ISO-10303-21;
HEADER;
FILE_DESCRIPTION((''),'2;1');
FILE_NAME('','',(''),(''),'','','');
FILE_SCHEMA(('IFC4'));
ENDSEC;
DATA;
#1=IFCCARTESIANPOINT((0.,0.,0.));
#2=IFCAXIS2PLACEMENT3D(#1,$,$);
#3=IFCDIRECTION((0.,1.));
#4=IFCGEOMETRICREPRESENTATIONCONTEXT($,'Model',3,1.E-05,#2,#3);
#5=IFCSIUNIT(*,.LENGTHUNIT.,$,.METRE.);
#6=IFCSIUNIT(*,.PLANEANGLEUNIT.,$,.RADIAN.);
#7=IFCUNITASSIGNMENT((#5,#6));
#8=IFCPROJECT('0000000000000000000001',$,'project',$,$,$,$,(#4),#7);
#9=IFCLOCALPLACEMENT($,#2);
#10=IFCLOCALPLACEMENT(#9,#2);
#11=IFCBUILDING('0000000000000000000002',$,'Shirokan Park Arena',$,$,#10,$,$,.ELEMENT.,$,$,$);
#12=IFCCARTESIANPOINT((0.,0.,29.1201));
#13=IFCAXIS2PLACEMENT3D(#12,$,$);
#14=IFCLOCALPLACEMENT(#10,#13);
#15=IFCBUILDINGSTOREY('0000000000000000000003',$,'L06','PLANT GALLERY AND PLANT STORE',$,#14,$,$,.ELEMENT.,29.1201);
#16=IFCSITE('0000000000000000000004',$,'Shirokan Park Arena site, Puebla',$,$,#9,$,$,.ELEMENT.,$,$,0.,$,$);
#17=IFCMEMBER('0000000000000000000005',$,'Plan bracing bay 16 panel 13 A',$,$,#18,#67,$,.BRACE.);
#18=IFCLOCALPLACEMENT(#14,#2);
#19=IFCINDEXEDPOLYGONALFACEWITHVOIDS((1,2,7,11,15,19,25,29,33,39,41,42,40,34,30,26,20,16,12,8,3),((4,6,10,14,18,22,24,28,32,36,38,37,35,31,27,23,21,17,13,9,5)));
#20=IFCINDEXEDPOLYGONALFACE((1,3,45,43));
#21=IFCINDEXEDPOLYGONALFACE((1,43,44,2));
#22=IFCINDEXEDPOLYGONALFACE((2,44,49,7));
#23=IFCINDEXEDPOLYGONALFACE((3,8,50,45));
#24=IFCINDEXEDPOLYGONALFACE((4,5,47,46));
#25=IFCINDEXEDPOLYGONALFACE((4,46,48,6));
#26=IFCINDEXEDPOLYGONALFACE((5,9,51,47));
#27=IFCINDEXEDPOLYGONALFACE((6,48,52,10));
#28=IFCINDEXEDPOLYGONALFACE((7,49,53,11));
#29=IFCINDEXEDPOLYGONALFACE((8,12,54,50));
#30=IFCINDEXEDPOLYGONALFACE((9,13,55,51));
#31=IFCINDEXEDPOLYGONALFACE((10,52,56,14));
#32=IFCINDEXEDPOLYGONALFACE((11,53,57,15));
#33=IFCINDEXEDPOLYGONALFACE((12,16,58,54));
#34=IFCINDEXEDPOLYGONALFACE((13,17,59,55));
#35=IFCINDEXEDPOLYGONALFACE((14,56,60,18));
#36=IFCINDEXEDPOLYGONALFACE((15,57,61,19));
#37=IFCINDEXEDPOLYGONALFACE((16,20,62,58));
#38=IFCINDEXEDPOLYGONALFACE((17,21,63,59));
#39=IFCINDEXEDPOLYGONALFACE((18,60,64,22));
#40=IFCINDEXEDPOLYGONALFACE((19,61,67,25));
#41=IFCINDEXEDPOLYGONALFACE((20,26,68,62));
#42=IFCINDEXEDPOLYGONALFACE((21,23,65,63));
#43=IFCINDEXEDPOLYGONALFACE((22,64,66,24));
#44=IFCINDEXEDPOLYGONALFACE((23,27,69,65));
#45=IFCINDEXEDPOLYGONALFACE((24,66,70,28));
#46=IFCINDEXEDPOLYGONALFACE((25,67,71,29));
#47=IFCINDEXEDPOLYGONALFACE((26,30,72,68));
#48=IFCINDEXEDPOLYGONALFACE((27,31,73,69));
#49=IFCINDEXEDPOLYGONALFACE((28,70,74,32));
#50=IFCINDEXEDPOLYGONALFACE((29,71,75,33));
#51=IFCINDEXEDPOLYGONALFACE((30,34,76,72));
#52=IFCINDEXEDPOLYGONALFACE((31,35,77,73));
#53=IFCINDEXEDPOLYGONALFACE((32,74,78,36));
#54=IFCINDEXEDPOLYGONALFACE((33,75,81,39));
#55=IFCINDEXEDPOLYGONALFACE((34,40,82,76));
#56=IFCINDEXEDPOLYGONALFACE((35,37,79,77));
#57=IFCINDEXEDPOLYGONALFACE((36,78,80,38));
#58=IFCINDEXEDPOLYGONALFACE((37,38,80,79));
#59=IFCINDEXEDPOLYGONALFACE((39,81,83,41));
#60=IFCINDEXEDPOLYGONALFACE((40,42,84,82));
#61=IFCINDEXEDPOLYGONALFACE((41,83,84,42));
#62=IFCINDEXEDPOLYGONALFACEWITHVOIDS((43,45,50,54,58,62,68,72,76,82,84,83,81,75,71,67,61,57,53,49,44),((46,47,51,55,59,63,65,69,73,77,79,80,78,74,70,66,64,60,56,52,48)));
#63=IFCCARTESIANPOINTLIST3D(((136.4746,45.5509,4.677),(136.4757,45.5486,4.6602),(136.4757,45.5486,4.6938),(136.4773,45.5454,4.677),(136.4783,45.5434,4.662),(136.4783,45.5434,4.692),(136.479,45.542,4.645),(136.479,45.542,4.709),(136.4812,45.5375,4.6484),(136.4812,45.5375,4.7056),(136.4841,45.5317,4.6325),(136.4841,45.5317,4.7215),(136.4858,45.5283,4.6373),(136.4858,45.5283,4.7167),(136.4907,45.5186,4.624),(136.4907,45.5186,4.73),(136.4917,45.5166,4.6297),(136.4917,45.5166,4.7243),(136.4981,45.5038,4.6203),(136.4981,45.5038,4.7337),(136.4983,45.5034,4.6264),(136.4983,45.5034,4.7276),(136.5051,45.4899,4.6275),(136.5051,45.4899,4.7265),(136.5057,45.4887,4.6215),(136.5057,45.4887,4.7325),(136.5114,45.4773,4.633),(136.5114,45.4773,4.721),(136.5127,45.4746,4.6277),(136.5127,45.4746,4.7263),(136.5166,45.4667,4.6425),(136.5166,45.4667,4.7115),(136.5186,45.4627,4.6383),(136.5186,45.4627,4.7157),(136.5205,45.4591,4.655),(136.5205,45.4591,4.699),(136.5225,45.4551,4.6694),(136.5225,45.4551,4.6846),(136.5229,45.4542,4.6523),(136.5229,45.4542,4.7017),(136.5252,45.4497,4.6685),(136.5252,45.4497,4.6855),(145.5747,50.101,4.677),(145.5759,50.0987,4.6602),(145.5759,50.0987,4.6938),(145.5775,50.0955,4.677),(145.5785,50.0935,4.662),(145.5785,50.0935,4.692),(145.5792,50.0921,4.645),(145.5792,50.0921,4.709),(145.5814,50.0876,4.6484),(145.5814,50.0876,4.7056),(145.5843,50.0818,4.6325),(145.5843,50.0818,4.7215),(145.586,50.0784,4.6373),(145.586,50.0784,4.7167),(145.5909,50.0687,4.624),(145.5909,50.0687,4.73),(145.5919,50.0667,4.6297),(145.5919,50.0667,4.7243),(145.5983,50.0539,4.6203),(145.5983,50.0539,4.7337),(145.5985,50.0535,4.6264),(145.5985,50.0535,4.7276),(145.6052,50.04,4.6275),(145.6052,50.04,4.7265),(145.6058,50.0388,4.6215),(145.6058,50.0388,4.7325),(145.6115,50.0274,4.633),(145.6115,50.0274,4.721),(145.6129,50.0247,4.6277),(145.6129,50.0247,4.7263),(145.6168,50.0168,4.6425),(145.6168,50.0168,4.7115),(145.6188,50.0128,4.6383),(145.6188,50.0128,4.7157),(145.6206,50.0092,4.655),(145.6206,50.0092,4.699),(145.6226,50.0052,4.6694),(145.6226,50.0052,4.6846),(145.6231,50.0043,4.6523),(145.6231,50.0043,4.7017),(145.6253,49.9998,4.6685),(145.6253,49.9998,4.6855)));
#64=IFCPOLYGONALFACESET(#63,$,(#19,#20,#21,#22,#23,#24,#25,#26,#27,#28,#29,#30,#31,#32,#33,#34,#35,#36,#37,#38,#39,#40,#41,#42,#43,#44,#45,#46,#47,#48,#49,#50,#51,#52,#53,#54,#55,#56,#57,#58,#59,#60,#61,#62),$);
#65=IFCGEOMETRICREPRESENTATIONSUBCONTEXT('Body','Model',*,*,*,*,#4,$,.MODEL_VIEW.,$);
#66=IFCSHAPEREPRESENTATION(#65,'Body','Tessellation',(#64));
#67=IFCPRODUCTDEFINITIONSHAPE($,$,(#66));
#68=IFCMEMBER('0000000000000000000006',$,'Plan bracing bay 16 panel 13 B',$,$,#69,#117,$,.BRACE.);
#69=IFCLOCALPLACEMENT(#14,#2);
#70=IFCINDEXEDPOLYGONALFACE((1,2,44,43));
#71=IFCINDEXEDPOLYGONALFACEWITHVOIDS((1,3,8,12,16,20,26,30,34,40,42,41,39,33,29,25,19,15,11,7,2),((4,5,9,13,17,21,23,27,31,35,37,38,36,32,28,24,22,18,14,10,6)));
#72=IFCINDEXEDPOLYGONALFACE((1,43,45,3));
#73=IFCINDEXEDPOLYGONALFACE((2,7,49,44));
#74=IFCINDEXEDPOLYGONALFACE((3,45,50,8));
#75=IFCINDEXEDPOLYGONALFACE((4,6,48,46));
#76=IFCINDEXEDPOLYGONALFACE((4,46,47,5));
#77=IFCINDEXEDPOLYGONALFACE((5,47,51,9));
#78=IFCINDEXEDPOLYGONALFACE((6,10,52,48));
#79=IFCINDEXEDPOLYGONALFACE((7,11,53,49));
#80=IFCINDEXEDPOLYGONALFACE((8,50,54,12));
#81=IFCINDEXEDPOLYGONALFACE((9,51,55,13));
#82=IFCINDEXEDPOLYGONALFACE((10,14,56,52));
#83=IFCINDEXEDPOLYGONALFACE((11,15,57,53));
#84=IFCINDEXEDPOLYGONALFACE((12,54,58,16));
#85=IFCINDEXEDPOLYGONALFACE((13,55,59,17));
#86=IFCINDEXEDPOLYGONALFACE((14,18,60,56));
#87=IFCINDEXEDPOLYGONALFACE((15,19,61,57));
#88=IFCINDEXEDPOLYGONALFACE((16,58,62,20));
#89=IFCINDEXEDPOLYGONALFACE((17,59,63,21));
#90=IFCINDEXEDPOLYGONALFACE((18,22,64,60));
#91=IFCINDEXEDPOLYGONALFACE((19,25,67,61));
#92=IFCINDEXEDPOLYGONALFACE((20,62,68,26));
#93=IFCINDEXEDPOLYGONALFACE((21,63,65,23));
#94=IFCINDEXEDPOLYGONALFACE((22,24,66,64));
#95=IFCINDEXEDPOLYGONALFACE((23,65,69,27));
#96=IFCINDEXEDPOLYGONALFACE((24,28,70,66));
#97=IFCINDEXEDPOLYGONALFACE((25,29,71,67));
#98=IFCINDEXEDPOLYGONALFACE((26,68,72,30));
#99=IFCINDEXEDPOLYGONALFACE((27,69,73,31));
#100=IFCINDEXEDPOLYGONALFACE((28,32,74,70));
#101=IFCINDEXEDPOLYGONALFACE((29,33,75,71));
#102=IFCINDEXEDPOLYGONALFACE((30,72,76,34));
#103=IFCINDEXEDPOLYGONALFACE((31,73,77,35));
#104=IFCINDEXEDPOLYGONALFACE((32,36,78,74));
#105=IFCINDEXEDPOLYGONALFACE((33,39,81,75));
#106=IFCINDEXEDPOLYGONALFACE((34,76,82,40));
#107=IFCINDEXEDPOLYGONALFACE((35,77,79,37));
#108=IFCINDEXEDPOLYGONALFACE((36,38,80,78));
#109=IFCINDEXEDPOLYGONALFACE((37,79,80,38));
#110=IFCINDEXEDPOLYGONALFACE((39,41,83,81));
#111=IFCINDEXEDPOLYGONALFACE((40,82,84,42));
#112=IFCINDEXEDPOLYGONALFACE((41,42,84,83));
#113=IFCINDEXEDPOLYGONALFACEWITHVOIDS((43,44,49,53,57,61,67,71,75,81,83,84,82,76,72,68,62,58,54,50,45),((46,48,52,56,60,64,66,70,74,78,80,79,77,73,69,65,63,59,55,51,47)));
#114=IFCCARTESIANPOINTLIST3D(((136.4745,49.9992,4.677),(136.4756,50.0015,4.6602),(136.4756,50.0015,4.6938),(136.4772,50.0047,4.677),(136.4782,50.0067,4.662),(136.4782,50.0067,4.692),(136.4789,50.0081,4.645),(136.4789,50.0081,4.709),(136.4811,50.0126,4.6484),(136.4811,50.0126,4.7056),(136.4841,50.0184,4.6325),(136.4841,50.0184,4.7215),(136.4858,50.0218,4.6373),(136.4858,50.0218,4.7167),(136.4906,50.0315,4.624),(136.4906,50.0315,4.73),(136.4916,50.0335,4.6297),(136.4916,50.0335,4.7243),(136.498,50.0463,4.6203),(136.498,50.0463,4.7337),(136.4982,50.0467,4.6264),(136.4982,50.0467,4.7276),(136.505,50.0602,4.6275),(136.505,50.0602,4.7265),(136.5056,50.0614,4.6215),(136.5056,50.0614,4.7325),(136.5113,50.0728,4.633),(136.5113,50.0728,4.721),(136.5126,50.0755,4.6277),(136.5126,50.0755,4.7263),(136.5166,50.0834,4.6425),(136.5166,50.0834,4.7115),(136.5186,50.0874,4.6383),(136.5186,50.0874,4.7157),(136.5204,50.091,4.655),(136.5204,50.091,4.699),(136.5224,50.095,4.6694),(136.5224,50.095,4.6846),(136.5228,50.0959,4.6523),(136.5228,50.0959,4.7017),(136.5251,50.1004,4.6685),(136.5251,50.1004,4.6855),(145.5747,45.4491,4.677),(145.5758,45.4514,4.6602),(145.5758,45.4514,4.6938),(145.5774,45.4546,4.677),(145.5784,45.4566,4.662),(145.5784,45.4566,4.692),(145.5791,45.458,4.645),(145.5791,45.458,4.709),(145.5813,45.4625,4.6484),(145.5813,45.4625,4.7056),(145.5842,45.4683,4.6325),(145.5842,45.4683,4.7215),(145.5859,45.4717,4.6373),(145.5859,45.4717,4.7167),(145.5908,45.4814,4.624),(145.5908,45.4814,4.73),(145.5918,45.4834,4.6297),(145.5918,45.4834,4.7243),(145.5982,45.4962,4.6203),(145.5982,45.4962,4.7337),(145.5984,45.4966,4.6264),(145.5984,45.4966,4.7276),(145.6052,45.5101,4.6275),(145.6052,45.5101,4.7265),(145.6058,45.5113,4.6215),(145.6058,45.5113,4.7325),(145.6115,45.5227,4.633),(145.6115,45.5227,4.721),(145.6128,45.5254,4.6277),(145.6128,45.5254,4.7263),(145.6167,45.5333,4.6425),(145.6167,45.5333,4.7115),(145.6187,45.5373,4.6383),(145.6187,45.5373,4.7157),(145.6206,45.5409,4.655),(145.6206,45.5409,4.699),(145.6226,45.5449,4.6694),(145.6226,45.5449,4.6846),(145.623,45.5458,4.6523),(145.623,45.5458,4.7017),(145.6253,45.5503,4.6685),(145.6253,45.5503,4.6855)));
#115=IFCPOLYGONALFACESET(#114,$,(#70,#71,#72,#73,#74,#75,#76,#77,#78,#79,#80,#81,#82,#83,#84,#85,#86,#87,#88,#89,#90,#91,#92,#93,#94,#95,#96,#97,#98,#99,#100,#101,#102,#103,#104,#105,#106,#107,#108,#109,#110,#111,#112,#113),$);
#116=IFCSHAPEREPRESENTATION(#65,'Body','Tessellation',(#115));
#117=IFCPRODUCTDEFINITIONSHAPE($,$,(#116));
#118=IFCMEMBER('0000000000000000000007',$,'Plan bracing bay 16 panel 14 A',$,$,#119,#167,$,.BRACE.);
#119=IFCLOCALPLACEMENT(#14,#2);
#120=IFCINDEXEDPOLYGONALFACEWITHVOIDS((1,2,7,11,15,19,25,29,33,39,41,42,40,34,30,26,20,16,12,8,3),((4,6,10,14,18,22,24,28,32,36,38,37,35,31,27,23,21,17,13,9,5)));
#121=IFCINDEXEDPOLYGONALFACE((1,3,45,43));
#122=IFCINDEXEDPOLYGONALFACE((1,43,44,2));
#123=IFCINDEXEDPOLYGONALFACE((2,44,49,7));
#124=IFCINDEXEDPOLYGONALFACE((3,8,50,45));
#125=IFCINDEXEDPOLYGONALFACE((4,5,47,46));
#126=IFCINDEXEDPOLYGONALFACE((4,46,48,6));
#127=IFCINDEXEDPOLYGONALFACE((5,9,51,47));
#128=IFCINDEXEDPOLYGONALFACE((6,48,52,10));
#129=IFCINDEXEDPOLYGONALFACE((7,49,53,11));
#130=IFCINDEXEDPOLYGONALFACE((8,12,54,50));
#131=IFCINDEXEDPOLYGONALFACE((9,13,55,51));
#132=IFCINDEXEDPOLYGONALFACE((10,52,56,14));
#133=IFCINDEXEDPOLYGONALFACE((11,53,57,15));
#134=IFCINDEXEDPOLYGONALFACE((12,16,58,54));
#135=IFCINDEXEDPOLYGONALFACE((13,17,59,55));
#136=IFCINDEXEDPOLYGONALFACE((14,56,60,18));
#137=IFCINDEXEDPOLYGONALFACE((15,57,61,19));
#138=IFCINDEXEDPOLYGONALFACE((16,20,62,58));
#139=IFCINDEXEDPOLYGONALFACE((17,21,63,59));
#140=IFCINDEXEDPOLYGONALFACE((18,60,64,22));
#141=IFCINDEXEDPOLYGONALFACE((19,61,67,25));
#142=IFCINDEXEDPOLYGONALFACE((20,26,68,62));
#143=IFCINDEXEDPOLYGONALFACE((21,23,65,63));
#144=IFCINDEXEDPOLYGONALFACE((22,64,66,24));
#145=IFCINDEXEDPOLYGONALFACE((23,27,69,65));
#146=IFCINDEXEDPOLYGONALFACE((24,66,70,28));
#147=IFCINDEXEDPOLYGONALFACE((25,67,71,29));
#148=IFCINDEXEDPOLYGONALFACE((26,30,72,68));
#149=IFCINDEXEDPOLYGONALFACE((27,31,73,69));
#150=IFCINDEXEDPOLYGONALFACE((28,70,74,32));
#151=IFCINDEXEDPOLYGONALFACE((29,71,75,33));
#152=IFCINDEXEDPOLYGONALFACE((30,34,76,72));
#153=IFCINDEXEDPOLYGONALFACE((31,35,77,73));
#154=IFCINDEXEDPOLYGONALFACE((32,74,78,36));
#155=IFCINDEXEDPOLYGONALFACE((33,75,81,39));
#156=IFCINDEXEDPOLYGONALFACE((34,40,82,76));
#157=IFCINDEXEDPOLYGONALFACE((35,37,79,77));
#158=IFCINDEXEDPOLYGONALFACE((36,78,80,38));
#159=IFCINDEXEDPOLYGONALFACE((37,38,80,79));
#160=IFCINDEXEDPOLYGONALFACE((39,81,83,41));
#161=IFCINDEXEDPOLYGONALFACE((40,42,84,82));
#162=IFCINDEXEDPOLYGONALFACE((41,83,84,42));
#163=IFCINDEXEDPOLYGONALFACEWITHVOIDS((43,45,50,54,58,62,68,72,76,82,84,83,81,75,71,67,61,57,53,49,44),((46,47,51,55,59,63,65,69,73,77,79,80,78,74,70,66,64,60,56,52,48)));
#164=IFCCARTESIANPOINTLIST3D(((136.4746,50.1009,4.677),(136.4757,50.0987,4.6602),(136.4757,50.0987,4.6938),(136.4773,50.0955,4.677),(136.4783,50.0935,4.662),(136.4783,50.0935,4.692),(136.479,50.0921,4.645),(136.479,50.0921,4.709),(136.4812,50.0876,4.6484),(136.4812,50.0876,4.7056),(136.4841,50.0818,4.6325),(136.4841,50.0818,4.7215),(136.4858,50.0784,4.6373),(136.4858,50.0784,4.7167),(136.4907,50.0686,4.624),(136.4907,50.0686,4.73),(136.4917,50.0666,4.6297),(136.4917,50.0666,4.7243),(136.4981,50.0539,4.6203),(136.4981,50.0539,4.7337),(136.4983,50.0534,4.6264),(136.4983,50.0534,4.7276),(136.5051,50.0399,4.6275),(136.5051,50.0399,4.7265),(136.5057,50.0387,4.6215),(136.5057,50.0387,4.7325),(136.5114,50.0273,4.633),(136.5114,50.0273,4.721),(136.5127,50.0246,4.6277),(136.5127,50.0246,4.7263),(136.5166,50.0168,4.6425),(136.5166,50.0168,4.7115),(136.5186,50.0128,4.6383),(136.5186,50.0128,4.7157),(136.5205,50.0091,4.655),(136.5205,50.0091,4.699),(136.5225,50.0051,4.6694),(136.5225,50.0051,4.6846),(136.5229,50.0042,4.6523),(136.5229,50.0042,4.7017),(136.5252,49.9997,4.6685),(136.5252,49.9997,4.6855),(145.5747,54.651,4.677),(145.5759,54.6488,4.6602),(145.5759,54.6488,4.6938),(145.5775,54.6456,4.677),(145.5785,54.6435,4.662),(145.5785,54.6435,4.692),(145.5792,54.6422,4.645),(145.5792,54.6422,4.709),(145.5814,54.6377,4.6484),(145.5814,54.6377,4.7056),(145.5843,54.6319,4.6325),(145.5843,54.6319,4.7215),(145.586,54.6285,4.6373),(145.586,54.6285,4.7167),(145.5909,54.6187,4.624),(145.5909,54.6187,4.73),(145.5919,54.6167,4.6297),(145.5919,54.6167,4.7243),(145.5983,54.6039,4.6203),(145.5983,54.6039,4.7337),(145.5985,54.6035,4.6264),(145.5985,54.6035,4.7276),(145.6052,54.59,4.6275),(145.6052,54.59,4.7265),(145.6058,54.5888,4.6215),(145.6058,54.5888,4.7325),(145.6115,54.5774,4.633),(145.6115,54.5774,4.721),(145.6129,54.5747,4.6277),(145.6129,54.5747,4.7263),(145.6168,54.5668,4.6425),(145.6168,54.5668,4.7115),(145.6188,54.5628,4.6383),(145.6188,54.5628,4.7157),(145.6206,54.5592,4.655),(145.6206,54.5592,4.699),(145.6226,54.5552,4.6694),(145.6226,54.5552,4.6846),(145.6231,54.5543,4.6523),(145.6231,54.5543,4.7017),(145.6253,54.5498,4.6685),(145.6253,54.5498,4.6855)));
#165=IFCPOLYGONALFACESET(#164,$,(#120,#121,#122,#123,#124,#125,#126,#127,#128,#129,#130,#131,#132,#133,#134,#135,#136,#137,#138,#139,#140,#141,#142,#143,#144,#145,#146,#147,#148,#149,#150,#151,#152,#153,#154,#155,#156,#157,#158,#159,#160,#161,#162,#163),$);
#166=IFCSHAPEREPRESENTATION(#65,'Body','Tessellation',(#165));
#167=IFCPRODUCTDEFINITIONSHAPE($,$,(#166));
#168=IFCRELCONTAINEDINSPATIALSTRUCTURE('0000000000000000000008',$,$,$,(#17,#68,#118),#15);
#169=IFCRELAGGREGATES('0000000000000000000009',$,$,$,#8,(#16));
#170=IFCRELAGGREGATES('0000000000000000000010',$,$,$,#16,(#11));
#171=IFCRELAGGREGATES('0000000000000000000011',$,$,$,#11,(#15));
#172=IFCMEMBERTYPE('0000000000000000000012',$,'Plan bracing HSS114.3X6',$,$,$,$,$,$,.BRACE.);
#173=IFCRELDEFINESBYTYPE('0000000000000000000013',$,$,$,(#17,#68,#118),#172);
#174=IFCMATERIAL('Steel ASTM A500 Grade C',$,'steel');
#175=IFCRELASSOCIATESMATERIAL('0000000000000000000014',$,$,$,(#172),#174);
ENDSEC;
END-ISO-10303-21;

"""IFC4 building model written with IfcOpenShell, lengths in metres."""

from ifc_helpers import new_model, si_unit, direction, frame, origin, origin_2d, place, context, subcontext, project, spatial, hollow_circle, extrude, material, material_profile, profile_set, type_object, element, save


model = new_model("IFC4")

# Units and contexts
model_context = context("Model", 3, precision=1e-05, world=origin(), true_north=direction((0.0, 1.0)))
body_context = subcontext(model_context, "Body", "Model", "MODEL_VIEW")
ifc_project = project(units=[si_unit("LENGTHUNIT", "METRE"), si_unit("PLANEANGLEUNIT", "RADIAN")], contexts=[model_context])

# Site, building, storey
site_placement = place(None, origin())
site = spatial("IfcSite", under=ifc_project, at=site_placement, Name="Shirokan Park Arena site, Puebla", CompositionType="ELEMENT", RefElevation=0.0)
building_placement = place(site_placement, origin())
building = spatial("IfcBuilding", under=site, at=building_placement, Name="Shirokan Park Arena", CompositionType="ELEMENT")
storey_placement = place(building_placement, frame((0.0, 0.0, 29.1201)))
storey = spatial("IfcBuildingStorey", under=building, at=storey_placement, Name="L06", Description="PLANT GALLERY AND PLANT STORE", CompositionType="ELEMENT", Elevation=29.1201)

# Members
ifc_material_1 = material(Name="Steel ASTM A500 Grade C", Category="steel")
ifc_material_profile_1 = material_profile(ifc_material_1, hollow_circle(Radius=0.0569, WallThickness=0.0061, at=origin_2d()), Name="HSS114.3X6")
ifc_profile_set_1 = profile_set([ifc_material_profile_1], Name="Steel ASTM A500 Grade C")
member_type_1 = type_object("IfcMemberType", Name="Plan bracing HSS114.3X6", PredefinedType="BRACE", material=ifc_profile_set_1)
for number, where, z_axis, x_axis, name in (
    (1, (136.5, 45.5, 4.677), (0.894427, 0.447214, 0.0), (-0.447214, 0.894427, 0.0), "Plan bracing bay 16 panel 13 A"),
    (2, (145.6001, 45.5, 4.677), (-0.894427, 0.447214, 0.0), (-0.447214, -0.894427, 0.0), "Plan bracing bay 16 panel 13 B"),
    (3, (136.5, 50.05, 4.677), (0.894427, 0.447214, 0.0), (-0.447214, 0.894427, 0.0), "Plan bracing bay 16 panel 14 A"),
):
    element("IfcMember", number, at=place(storey_placement, frame(where, z_axis=z_axis, x_axis=x_axis)), inside=storey, type_object=member_type_1, Name=name, PredefinedType="BRACE", context=body_context, shape_type="SweptSolid", body=[
        extrude(hollow_circle(Radius=0.0569, WallThickness=0.0061, at=origin_2d()), origin(), (0.0, 0.0, 1.0), 10.1743),
    ])

save(model, "model.ifc")
